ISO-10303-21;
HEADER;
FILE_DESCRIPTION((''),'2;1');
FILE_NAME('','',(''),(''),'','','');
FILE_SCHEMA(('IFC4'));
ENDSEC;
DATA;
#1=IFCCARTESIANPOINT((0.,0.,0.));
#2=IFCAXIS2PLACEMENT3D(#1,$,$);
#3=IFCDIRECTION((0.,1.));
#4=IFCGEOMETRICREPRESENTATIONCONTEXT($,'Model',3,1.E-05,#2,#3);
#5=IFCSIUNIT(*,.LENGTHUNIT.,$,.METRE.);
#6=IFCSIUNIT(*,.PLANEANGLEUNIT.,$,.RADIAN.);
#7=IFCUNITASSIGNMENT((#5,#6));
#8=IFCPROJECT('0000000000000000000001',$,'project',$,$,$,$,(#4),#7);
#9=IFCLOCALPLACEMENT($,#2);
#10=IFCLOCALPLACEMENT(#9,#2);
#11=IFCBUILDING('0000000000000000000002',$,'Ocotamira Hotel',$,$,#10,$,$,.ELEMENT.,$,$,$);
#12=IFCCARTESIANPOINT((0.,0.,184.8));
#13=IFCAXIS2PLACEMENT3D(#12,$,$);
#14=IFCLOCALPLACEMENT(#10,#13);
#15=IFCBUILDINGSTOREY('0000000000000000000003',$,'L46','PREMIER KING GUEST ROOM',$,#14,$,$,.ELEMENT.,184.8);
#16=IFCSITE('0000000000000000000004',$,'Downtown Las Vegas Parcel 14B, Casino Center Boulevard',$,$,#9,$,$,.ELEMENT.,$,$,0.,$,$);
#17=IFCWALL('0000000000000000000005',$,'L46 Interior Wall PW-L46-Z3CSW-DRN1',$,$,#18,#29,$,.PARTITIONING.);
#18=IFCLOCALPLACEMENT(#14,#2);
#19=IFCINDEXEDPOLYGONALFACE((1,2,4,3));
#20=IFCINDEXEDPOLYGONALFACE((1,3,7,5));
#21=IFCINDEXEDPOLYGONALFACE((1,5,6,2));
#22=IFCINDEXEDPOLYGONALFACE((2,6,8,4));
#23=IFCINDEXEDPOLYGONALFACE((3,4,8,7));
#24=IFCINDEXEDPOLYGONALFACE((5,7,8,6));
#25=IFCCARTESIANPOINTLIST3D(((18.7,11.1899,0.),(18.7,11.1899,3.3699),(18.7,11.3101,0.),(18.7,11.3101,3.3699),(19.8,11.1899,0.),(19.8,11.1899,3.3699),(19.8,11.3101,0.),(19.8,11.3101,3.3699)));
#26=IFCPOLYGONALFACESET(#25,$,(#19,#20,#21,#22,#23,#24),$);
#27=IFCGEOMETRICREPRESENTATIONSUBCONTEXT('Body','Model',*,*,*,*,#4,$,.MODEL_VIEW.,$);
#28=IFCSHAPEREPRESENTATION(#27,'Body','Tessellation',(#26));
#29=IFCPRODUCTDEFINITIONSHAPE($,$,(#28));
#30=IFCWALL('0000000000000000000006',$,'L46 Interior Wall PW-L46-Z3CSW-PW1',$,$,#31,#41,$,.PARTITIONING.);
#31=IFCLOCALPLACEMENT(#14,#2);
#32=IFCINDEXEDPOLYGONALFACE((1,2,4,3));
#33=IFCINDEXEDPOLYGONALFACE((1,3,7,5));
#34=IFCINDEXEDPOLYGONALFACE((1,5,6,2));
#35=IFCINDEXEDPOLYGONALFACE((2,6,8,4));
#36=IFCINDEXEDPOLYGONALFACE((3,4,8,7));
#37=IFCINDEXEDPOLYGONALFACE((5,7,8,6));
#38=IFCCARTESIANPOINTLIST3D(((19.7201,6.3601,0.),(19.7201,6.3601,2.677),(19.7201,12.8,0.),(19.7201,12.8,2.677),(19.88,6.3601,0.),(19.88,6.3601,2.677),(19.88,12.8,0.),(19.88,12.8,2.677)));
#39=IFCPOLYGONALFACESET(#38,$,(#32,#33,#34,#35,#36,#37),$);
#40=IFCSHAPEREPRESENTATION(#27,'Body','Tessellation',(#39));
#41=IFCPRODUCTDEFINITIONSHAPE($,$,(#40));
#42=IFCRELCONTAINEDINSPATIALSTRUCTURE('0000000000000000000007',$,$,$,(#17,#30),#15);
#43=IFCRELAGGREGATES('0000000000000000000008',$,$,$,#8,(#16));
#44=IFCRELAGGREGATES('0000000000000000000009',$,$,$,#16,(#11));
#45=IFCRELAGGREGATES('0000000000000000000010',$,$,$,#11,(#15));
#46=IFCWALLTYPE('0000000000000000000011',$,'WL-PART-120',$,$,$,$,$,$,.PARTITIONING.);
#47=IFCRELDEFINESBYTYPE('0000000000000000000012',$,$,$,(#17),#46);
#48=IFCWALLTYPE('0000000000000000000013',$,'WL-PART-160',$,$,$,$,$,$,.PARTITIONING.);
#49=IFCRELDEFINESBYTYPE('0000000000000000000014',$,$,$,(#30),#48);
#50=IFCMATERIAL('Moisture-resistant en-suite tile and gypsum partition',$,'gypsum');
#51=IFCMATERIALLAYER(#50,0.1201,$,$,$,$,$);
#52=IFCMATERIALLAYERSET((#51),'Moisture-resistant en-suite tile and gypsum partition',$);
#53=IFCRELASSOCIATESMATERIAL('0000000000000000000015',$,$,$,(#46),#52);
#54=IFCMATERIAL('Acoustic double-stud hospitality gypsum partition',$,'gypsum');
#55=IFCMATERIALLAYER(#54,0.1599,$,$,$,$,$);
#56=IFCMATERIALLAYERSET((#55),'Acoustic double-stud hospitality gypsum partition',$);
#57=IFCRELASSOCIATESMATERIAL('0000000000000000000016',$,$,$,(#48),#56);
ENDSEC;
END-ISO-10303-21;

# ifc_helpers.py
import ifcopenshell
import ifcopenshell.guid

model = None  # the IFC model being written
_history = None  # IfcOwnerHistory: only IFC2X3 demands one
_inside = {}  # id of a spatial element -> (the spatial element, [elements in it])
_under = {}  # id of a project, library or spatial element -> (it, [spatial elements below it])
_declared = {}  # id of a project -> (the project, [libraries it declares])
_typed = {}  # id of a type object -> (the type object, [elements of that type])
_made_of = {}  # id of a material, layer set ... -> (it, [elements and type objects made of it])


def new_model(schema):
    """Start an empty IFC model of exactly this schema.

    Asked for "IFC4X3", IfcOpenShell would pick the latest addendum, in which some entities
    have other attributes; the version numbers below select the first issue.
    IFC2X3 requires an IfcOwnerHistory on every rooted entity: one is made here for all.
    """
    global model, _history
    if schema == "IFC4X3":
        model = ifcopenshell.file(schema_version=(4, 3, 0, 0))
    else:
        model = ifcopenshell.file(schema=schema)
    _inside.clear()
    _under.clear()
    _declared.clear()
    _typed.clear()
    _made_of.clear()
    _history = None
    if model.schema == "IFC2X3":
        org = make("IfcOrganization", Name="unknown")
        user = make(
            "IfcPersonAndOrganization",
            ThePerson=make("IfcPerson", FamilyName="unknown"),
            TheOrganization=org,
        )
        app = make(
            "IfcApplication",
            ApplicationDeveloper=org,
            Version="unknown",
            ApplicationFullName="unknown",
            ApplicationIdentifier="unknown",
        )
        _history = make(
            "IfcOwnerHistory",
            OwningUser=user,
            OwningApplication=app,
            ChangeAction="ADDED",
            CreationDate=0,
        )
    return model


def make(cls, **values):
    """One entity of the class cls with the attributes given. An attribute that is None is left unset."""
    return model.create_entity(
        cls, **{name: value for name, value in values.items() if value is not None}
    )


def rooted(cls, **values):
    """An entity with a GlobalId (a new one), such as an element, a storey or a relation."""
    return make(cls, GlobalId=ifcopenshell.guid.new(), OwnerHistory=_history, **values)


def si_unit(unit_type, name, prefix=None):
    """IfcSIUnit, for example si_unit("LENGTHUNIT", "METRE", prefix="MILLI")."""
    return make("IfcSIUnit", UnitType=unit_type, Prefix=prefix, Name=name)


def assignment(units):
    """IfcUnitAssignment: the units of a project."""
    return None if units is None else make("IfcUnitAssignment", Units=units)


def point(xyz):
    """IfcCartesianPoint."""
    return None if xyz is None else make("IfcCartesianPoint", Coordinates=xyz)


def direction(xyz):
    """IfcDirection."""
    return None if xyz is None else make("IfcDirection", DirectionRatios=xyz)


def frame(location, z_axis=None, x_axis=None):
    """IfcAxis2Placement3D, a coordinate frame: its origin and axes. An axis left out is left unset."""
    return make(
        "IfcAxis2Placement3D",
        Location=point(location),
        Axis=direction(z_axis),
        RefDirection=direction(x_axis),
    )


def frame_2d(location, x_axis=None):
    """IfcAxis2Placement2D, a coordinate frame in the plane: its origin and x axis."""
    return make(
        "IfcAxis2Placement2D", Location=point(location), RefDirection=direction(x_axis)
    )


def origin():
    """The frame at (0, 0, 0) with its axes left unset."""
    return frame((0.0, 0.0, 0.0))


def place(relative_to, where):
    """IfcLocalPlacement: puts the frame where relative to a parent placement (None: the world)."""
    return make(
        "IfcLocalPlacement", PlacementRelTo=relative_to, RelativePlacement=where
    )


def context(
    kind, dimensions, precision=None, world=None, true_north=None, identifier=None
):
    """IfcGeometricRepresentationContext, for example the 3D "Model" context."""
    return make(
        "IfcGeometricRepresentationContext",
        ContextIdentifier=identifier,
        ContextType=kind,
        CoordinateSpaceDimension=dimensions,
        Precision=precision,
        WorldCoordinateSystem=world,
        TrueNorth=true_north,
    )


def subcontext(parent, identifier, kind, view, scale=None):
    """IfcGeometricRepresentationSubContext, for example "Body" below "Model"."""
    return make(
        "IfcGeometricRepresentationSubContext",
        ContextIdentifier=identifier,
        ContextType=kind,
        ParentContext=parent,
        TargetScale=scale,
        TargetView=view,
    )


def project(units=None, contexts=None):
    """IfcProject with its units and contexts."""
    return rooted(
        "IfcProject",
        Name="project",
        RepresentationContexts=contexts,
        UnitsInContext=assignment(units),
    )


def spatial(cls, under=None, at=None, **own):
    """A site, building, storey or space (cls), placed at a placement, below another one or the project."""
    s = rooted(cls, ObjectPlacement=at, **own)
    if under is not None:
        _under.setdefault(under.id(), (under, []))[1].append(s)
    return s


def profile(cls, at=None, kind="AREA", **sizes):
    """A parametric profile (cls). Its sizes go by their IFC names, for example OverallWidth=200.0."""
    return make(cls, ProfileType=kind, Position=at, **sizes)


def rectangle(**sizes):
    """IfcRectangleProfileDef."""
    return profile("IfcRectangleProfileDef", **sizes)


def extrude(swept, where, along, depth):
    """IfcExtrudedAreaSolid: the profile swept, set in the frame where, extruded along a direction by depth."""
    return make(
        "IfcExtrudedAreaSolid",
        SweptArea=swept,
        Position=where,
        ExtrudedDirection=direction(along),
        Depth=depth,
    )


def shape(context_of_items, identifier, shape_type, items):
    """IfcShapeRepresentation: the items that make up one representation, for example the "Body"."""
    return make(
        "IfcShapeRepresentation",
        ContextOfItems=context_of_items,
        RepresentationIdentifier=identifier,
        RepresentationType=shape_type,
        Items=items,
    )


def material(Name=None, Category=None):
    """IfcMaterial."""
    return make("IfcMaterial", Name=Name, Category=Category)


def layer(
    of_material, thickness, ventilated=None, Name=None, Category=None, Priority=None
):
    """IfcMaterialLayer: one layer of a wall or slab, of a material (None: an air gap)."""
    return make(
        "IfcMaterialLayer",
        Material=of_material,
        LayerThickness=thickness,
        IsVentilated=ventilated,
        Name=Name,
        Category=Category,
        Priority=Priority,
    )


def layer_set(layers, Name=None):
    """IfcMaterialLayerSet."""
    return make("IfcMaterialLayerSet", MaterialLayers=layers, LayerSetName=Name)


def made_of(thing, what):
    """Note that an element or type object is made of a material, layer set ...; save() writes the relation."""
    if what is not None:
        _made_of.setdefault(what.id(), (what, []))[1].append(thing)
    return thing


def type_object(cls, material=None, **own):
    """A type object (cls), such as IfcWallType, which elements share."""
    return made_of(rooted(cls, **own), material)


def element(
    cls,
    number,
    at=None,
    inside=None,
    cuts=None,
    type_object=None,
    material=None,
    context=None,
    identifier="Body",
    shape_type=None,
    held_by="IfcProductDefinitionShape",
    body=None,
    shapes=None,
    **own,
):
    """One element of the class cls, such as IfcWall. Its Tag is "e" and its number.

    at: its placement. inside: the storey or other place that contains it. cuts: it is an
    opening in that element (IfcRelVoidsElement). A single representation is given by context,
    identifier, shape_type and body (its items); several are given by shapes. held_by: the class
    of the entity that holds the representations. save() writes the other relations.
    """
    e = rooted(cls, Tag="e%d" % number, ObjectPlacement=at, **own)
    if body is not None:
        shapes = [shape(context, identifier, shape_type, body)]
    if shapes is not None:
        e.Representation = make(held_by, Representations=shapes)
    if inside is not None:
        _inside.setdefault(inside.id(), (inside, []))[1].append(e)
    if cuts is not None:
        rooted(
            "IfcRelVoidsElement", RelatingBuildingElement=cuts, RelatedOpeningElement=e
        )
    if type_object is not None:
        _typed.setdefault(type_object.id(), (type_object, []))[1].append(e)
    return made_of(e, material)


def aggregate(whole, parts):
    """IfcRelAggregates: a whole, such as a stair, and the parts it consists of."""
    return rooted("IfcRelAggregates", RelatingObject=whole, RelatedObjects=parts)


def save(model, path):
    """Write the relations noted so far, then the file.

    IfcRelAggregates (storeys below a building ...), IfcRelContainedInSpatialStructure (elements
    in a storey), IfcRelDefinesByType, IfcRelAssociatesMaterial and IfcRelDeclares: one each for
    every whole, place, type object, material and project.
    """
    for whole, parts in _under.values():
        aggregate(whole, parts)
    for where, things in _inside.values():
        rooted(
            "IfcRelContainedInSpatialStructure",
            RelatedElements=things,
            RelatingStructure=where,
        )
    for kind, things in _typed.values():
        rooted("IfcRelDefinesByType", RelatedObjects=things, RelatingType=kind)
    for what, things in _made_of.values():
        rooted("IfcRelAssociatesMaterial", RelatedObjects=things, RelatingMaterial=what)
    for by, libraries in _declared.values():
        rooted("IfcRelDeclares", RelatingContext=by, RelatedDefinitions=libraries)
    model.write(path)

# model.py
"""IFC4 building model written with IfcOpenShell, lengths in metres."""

from ifc_helpers import new_model, si_unit, direction, frame, frame_2d, origin, place, context, subcontext, project, spatial, rectangle, extrude, material, layer, layer_set, type_object, element, save


model = new_model("IFC4")

# Units and contexts
model_context = context("Model", 3, precision=1e-05, world=origin(), true_north=direction((0.0, 1.0)))
body_context = subcontext(model_context, "Body", "Model", "MODEL_VIEW")
ifc_project = project(units=[si_unit("LENGTHUNIT", "METRE"), si_unit("PLANEANGLEUNIT", "RADIAN")], contexts=[model_context])

# Site, building, storey
site_placement = place(None, origin())
site = spatial("IfcSite", under=ifc_project, at=site_placement, Name="Downtown Las Vegas Parcel 14B, Casino Center Boulevard", CompositionType="ELEMENT", RefElevation=0.0)
building_placement = place(site_placement, origin())
building = spatial("IfcBuilding", under=site, at=building_placement, Name="Ocotamira Hotel", CompositionType="ELEMENT")
storey_placement = place(building_placement, frame((0.0, 0.0, 184.8)))
storey = spatial("IfcBuildingStorey", under=building, at=storey_placement, Name="L46", Description="PREMIER KING GUEST ROOM", CompositionType="ELEMENT", Elevation=184.8)

# Shared definitions
ifc_material_1 = material(Name="Moisture-resistant en-suite tile and gypsum partition", Category="gypsum")
ifc_layer_1 = layer(ifc_material_1, 0.1201)
ifc_layer_set_1 = layer_set([ifc_layer_1], Name="Moisture-resistant en-suite tile and gypsum partition")
wall_type_1 = type_object("IfcWallType", Name="WL-PART-120", PredefinedType="PARTITIONING", material=ifc_layer_set_1)

# Walls
wall_1_placement = place(storey_placement, frame((18.7, 11.25, 0.0), z_axis=(0.0, 0.0, 1.0), x_axis=(1.0, 0.0, 0.0)))
element("IfcWall", 1, at=wall_1_placement, inside=storey, type_object=wall_type_1, Name="L46 Interior Wall PW-L46-Z3CSW-DRN1", PredefinedType="PARTITIONING", context=body_context, shape_type="SweptSolid", body=[
    extrude(rectangle(XDim=1.1001, YDim=0.1201, at=frame_2d((0.55, 0.0))), origin(), (0.0, 0.0, 1.0), 3.3699),
])
ifc_material_2 = material(Name="Acoustic double-stud hospitality gypsum partition", Category="gypsum")
ifc_layer_2 = layer(ifc_material_2, 0.1599)
ifc_layer_set_2 = layer_set([ifc_layer_2], Name="Acoustic double-stud hospitality gypsum partition")
wall_type_2 = type_object("IfcWallType", Name="WL-PART-160", PredefinedType="PARTITIONING", material=ifc_layer_set_2)
wall_2_placement = place(storey_placement, frame((19.8, 6.3601, 0.0), z_axis=(0.0, 0.0, 1.0), x_axis=(0.0, 1.0, 0.0)))
element("IfcWall", 2, at=wall_2_placement, inside=storey, type_object=wall_type_2, Name="L46 Interior Wall PW-L46-Z3CSW-PW1", PredefinedType="PARTITIONING", context=body_context, shape_type="SweptSolid", body=[
    extrude(rectangle(XDim=6.4399, YDim=0.1599, at=frame_2d((3.22, 0.0))), origin(), (0.0, 0.0, 1.0), 2.677),
])

save(model, "model.ifc")
